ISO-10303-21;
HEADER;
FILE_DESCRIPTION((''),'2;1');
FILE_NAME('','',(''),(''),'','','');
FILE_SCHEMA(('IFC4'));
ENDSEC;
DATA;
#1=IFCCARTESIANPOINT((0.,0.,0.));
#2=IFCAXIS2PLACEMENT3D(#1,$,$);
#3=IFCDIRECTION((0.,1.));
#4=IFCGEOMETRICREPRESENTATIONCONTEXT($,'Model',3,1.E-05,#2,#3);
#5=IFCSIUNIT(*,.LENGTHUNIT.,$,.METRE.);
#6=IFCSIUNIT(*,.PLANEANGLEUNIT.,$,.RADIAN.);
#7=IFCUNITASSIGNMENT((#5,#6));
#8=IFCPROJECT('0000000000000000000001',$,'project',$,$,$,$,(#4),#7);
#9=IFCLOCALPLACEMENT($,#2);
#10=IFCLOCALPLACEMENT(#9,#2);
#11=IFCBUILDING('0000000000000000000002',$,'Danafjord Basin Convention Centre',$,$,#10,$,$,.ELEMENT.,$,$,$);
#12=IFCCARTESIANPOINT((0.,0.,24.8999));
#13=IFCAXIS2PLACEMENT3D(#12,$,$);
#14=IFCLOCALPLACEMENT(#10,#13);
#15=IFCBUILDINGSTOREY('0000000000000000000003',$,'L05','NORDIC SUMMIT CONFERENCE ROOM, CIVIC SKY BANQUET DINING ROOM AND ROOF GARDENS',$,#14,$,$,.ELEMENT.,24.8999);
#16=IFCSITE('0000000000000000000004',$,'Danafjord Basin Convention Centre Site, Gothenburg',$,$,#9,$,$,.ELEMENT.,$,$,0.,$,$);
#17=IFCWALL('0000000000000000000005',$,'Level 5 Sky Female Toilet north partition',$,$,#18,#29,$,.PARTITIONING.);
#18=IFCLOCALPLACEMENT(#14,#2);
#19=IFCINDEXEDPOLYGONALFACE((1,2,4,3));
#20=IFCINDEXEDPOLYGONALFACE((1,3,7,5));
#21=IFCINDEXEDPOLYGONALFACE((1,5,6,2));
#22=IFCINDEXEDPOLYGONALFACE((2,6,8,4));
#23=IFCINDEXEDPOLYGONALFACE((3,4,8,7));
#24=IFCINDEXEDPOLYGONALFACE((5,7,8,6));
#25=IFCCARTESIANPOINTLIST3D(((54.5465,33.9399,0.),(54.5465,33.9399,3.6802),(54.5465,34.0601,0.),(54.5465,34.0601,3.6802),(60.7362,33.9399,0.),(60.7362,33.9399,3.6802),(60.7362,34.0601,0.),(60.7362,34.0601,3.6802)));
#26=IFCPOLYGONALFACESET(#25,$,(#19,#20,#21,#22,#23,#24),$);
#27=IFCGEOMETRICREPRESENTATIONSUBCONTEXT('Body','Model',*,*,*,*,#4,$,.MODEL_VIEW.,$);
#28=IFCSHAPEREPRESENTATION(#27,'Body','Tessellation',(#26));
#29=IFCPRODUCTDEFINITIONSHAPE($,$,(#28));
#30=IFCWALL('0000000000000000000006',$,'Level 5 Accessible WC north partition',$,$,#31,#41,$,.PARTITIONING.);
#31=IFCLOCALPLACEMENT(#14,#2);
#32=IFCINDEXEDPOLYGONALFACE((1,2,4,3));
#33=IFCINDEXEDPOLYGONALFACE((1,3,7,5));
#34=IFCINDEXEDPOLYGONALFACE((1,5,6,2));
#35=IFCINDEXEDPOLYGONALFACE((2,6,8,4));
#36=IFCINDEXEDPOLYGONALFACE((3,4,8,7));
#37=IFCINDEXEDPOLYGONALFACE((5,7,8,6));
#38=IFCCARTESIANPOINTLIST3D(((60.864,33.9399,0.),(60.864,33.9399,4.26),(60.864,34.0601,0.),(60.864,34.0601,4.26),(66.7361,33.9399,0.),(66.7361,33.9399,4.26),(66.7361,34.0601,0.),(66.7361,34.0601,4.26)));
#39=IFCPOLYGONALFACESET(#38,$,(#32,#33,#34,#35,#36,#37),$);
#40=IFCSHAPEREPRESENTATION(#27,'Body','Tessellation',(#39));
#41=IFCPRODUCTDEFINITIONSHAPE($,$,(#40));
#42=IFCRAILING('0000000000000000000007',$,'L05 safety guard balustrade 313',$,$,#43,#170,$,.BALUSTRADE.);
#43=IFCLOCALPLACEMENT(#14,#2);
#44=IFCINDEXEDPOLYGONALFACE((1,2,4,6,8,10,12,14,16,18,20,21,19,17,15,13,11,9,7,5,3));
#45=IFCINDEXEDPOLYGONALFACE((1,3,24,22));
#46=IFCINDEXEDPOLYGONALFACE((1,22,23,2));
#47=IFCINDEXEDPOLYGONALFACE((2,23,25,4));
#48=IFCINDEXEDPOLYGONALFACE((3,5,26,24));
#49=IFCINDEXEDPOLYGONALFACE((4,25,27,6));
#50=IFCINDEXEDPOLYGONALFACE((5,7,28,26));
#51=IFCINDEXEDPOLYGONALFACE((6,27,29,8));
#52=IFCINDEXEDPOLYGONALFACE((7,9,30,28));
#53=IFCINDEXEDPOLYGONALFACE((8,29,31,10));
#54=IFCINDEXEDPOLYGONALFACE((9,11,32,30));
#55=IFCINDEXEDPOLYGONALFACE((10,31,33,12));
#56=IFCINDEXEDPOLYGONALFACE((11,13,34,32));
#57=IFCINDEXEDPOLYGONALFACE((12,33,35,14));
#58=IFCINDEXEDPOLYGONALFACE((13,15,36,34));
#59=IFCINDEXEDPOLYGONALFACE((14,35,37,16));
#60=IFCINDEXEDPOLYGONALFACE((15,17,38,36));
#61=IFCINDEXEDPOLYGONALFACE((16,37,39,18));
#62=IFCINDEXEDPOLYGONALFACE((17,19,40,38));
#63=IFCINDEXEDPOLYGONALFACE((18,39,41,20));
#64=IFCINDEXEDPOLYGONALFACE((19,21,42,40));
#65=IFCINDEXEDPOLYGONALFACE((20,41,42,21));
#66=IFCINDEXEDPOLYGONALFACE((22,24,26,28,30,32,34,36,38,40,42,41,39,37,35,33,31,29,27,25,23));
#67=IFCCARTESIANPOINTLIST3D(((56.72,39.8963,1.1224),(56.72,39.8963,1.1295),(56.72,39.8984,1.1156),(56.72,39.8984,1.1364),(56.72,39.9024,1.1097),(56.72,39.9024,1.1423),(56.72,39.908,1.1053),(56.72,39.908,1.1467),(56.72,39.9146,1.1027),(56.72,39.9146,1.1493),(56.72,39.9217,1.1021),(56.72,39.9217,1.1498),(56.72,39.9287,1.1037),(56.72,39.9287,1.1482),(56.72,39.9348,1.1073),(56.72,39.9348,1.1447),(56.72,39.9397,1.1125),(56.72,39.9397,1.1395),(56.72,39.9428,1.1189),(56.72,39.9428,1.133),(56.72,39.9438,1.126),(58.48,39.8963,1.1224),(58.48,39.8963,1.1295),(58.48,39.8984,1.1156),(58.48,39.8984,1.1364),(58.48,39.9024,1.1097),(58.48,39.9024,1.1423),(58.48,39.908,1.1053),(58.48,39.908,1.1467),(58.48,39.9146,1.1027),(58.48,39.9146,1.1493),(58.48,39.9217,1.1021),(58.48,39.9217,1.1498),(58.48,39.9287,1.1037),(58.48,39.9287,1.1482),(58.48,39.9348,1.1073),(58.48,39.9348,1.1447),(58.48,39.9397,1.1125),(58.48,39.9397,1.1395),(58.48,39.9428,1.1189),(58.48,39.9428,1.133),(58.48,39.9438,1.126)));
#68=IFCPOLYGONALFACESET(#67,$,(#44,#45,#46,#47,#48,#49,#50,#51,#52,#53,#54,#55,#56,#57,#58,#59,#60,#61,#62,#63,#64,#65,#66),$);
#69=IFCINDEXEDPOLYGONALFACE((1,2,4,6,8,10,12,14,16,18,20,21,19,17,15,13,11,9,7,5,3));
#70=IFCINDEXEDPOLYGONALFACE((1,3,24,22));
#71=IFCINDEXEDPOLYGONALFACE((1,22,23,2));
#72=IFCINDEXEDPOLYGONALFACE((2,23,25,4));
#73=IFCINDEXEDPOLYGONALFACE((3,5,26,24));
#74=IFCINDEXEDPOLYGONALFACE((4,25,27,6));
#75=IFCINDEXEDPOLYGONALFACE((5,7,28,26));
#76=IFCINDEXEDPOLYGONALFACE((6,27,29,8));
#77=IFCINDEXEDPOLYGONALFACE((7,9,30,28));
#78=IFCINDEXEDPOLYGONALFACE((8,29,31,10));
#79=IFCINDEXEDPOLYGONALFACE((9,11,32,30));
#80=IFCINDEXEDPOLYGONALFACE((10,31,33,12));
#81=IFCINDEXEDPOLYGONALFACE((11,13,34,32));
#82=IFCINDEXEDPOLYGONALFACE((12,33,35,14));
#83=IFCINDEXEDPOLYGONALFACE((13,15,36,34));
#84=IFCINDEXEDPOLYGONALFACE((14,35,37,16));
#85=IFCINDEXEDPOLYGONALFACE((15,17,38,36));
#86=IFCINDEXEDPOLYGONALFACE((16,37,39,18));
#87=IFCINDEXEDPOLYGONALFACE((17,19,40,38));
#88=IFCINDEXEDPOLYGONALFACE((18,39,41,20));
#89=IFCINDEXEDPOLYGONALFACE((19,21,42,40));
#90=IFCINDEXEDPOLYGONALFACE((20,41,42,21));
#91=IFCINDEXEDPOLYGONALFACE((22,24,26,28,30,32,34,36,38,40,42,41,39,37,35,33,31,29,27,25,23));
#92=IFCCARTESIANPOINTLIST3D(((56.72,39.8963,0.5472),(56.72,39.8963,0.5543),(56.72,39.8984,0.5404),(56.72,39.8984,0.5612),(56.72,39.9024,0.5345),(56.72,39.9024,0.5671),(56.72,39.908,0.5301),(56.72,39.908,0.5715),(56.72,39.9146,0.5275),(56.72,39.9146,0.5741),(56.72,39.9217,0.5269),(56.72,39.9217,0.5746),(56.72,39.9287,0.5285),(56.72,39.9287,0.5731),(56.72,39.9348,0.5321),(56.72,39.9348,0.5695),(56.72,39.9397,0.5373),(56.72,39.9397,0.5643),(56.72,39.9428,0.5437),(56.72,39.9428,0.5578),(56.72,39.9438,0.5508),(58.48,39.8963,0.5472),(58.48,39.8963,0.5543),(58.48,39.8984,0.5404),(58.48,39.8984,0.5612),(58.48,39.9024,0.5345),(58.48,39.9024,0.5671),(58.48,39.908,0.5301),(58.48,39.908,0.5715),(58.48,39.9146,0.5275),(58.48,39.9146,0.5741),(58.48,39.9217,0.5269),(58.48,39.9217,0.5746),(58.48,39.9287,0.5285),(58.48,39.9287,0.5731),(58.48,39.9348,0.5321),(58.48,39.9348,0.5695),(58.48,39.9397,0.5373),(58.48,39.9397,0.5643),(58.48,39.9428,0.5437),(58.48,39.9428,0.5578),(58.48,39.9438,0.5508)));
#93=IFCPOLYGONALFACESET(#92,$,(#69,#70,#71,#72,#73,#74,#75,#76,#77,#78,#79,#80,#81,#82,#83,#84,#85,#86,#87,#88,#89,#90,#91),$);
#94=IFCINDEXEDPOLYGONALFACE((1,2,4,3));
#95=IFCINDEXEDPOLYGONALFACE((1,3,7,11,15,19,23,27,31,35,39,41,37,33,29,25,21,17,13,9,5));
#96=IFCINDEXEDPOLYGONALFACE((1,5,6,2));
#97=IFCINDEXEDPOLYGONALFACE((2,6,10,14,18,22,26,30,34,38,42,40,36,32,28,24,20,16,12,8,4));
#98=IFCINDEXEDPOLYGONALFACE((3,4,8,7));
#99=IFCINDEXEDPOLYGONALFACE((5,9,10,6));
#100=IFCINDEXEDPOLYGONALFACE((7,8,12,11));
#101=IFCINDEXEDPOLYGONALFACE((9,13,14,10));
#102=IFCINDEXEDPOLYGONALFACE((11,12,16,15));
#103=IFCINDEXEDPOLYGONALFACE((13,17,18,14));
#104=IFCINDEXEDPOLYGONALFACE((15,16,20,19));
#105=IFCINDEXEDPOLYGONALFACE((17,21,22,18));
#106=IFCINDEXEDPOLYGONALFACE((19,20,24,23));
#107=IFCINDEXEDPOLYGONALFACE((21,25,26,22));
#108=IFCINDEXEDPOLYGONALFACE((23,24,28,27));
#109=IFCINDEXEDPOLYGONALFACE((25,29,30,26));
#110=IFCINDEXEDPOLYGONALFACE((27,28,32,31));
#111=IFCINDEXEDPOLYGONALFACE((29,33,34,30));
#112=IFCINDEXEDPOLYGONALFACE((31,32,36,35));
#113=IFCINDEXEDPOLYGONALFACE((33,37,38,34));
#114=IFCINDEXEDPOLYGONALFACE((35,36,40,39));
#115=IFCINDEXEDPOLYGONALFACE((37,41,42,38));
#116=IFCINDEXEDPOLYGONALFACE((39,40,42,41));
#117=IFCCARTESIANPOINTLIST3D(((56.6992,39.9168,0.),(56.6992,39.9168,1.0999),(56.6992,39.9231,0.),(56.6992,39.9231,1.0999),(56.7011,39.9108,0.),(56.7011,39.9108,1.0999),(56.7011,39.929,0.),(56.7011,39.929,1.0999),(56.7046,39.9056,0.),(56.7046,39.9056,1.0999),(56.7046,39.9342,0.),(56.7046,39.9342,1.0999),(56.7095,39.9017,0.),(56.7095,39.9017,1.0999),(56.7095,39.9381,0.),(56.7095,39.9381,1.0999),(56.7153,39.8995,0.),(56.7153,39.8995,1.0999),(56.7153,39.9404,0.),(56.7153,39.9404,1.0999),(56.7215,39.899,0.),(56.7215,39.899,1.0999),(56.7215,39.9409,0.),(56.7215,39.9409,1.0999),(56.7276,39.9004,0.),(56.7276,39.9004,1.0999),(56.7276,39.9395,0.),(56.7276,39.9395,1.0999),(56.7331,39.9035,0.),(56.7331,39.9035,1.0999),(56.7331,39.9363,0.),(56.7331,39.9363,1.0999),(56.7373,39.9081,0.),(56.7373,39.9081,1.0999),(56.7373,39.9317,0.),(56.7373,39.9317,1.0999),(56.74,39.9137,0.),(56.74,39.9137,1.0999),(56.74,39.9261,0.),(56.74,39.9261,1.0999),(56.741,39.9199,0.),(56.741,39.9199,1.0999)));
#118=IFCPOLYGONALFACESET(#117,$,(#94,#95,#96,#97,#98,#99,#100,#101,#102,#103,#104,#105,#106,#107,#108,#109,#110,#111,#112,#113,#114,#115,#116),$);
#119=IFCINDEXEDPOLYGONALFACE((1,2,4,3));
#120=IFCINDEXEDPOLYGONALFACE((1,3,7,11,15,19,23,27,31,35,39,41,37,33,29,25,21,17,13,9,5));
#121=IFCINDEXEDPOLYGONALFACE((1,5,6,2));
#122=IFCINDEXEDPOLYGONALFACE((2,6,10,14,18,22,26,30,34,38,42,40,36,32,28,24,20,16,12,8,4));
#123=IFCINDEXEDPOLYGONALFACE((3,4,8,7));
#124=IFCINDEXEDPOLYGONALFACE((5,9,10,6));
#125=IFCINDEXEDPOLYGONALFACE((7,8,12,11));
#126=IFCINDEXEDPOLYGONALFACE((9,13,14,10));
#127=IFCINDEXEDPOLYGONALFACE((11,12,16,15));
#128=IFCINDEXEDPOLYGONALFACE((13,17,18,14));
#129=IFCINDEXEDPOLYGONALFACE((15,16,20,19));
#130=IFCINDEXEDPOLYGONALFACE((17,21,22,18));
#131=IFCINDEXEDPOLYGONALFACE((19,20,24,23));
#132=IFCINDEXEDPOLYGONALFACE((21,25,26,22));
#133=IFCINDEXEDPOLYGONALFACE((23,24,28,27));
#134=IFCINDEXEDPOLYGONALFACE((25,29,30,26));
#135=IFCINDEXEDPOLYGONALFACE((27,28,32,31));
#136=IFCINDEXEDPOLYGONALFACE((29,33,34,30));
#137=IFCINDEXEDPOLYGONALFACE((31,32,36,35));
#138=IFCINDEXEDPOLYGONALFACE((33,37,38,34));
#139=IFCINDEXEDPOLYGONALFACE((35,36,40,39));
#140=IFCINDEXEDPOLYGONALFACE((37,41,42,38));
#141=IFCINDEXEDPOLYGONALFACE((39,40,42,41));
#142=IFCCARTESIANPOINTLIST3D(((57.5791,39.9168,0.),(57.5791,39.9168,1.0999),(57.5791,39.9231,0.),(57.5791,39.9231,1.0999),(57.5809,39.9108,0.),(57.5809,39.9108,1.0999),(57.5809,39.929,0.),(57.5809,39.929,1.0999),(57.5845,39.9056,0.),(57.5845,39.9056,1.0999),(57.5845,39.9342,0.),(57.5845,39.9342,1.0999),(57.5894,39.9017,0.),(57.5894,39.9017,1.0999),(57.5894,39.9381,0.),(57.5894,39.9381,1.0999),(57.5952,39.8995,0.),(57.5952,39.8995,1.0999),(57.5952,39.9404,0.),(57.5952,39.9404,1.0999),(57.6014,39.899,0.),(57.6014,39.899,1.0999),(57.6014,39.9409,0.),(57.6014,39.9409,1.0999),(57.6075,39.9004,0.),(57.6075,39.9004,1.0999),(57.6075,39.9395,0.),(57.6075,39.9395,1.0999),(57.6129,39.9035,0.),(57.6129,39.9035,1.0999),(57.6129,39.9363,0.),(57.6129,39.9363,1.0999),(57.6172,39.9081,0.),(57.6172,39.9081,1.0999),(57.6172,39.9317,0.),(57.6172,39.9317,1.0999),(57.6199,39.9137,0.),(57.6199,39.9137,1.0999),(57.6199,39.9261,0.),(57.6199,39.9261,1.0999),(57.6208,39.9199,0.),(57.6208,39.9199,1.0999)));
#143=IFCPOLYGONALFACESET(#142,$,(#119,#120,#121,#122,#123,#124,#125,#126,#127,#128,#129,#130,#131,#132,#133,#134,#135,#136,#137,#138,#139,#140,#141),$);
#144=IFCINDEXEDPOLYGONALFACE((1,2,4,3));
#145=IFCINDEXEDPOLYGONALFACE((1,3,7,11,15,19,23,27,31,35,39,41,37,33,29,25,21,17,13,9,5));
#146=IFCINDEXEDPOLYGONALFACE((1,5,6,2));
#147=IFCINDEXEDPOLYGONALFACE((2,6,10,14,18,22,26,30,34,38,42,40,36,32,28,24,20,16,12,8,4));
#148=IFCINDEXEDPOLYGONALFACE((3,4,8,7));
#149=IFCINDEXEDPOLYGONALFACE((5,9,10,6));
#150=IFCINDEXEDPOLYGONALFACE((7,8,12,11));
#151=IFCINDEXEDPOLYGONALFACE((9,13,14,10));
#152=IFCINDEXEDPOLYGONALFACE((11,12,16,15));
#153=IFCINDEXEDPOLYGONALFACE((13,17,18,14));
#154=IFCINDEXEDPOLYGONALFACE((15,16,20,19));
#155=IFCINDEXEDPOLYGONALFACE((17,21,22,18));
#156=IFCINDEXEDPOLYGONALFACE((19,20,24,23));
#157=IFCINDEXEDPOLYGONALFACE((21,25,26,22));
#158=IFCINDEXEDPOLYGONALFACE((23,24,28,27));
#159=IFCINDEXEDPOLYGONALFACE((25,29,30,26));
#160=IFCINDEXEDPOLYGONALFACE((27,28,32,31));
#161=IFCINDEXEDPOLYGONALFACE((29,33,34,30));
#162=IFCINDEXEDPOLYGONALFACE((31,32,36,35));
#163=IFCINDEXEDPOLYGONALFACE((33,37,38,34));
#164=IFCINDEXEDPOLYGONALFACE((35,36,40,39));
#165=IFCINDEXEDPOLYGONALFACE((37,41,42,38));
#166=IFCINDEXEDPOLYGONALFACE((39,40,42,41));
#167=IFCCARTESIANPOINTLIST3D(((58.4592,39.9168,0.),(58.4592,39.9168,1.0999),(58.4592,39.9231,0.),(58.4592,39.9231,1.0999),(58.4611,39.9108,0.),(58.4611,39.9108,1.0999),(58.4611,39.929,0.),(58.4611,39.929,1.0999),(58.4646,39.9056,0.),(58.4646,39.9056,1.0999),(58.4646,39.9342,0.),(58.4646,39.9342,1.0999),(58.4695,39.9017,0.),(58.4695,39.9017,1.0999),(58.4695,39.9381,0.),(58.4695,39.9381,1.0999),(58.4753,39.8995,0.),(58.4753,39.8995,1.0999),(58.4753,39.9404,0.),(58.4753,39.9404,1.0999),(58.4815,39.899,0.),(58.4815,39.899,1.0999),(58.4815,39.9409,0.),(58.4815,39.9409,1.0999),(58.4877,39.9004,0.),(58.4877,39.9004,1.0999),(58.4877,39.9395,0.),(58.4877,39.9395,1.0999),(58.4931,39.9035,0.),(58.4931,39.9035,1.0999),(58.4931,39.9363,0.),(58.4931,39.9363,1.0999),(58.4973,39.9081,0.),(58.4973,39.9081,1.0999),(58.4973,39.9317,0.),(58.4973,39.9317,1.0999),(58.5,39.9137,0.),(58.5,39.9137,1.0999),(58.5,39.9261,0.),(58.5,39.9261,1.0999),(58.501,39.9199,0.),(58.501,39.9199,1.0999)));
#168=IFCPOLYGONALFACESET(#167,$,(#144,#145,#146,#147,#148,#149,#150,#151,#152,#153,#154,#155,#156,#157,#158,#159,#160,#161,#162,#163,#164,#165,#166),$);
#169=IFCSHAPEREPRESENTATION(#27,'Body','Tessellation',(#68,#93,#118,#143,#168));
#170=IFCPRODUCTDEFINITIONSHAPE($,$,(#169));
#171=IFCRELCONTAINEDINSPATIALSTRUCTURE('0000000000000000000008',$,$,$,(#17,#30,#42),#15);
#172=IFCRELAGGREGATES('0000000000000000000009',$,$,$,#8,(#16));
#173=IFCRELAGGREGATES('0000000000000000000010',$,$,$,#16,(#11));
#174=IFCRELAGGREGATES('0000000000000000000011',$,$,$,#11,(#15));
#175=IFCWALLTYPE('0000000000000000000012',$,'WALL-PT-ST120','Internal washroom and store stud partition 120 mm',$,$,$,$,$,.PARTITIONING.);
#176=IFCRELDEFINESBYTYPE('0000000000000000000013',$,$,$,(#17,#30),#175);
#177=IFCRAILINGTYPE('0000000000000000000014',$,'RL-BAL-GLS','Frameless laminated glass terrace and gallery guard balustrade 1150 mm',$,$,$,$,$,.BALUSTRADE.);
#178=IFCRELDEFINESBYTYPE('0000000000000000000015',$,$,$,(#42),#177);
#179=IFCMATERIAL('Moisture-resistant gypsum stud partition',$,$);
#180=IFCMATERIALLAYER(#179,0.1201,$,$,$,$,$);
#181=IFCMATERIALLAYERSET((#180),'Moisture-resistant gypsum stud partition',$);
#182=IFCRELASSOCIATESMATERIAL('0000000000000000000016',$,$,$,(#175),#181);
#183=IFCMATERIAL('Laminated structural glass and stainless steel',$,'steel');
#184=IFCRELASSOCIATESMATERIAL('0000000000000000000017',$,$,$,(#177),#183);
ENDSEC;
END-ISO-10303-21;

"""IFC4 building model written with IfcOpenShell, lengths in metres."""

from ifc_helpers import new_model, si_unit, direction, frame, frame_2d, origin, origin_2d, place, context, subcontext, project, spatial, rectangle, circle, extrude, material, layer, layer_set, type_object, element, save


model = new_model("IFC4")

# Units and contexts
model_context = context("Model", 3, precision=1e-05, world=origin(), true_north=direction((0.0, 1.0)))
body_context = subcontext(model_context, "Body", "Model", "MODEL_VIEW")
ifc_project = project(units=[si_unit("LENGTHUNIT", "METRE"), si_unit("PLANEANGLEUNIT", "RADIAN")], contexts=[model_context])

# Site, building, storey
site_placement = place(None, origin())
site = spatial("IfcSite", under=ifc_project, at=site_placement, Name="Danafjord Basin Convention Centre Site, Gothenburg", CompositionType="ELEMENT", RefElevation=0.0)
building_placement = place(site_placement, origin())
building = spatial("IfcBuilding", under=site, at=building_placement, Name="Danafjord Basin Convention Centre", CompositionType="ELEMENT")
storey_placement = place(building_placement, frame((0.0, 0.0, 24.8999)))
storey = spatial("IfcBuildingStorey", under=building, at=storey_placement, Name="L05", Description="NORDIC SUMMIT CONFERENCE ROOM, CIVIC SKY BANQUET DINING ROOM AND ROOF GARDENS", CompositionType="ELEMENT", Elevation=24.8999)

# Walls
ifc_material_1 = material(Name="Moisture-resistant gypsum stud partition")
ifc_layer_1 = layer(ifc_material_1, 0.1201)
ifc_layer_set_1 = layer_set([ifc_layer_1], Name="Moisture-resistant gypsum stud partition")
wall_type_1 = type_object("IfcWallType", Name="WALL-PT-ST120", Description="Internal washroom and store stud partition 120 mm", PredefinedType="PARTITIONING", material=ifc_layer_set_1)
wall_1_placement = place(storey_placement, frame((60.7361, 34.0, 0.0), z_axis=(0.0, 0.0, 1.0), x_axis=(-1.0, 0.0, 0.0)))
element("IfcWall", 1, at=wall_1_placement, inside=storey, type_object=wall_type_1, Name="Level 5 Sky Female Toilet north partition", PredefinedType="PARTITIONING", context=body_context, shape_type="SweptSolid", body=[
    extrude(rectangle(XDim=6.1897, YDim=0.1201, at=frame_2d((3.0947, 0.0))), origin(), (0.0, 0.0, 1.0), 3.6802),
])
wall_2_placement = place(storey_placement, frame((66.7361, 34.0, 0.0), z_axis=(0.0, 0.0, 1.0), x_axis=(-1.0, 0.0, 0.0)))
element("IfcWall", 2, at=wall_2_placement, inside=storey, type_object=wall_type_1, Name="Level 5 Accessible WC north partition", PredefinedType="PARTITIONING", context=body_context, shape_type="SweptSolid", body=[
    extrude(rectangle(XDim=5.8721, YDim=0.1201, at=frame_2d((2.936, 0.0))), origin(), (0.0, 0.0, 1.0), 4.26),
])

# Railing
ifc_material_2 = material(Name="Laminated structural glass and stainless steel", Category="steel")
railing_type = type_object("IfcRailingType", Name="RL-BAL-GLS", Description="Frameless laminated glass terrace and gallery guard balustrade 1150 mm", PredefinedType="BALUSTRADE", material=ifc_material_2)
for number, where, name in (
    (3, (56.72, 39.9199, 0.0), "L05 safety guard balustrade 313"),
):
    element("IfcRailing", number, at=place(storey_placement, frame(where)), inside=storey, type_object=railing_type, Name=name, PredefinedType="BALUSTRADE", context=body_context, shape_type="SweptSolid", body=[
        extrude(circle(Radius=0.0239, at=origin_2d()), frame((0.0, 0.0, 1.126), z_axis=(1.0, 0.0, 0.0), x_axis=(0.0, 1.0, 0.0)), (0.0, 0.0, 1.0), 1.76),
        extrude(circle(Radius=0.0239, at=origin_2d()), frame((0.0, 0.0, 0.5508), z_axis=(1.0, 0.0, 0.0), x_axis=(0.0, 1.0, 0.0)), (0.0, 0.0, 1.0), 1.76),
        extrude(circle(Radius=0.021, at=origin_2d()), origin(), (0.0, 0.0, 1.0), 1.0999),
        extrude(circle(Radius=0.021, at=origin_2d()), frame((0.8799, 0.0, 0.0)), (0.0, 0.0, 1.0), 1.0999),
        extrude(circle(Radius=0.021, at=origin_2d()), frame((1.76, 0.0, 0.0)), (0.0, 0.0, 1.0), 1.0999),
    ])

save(model, "model.ifc")
